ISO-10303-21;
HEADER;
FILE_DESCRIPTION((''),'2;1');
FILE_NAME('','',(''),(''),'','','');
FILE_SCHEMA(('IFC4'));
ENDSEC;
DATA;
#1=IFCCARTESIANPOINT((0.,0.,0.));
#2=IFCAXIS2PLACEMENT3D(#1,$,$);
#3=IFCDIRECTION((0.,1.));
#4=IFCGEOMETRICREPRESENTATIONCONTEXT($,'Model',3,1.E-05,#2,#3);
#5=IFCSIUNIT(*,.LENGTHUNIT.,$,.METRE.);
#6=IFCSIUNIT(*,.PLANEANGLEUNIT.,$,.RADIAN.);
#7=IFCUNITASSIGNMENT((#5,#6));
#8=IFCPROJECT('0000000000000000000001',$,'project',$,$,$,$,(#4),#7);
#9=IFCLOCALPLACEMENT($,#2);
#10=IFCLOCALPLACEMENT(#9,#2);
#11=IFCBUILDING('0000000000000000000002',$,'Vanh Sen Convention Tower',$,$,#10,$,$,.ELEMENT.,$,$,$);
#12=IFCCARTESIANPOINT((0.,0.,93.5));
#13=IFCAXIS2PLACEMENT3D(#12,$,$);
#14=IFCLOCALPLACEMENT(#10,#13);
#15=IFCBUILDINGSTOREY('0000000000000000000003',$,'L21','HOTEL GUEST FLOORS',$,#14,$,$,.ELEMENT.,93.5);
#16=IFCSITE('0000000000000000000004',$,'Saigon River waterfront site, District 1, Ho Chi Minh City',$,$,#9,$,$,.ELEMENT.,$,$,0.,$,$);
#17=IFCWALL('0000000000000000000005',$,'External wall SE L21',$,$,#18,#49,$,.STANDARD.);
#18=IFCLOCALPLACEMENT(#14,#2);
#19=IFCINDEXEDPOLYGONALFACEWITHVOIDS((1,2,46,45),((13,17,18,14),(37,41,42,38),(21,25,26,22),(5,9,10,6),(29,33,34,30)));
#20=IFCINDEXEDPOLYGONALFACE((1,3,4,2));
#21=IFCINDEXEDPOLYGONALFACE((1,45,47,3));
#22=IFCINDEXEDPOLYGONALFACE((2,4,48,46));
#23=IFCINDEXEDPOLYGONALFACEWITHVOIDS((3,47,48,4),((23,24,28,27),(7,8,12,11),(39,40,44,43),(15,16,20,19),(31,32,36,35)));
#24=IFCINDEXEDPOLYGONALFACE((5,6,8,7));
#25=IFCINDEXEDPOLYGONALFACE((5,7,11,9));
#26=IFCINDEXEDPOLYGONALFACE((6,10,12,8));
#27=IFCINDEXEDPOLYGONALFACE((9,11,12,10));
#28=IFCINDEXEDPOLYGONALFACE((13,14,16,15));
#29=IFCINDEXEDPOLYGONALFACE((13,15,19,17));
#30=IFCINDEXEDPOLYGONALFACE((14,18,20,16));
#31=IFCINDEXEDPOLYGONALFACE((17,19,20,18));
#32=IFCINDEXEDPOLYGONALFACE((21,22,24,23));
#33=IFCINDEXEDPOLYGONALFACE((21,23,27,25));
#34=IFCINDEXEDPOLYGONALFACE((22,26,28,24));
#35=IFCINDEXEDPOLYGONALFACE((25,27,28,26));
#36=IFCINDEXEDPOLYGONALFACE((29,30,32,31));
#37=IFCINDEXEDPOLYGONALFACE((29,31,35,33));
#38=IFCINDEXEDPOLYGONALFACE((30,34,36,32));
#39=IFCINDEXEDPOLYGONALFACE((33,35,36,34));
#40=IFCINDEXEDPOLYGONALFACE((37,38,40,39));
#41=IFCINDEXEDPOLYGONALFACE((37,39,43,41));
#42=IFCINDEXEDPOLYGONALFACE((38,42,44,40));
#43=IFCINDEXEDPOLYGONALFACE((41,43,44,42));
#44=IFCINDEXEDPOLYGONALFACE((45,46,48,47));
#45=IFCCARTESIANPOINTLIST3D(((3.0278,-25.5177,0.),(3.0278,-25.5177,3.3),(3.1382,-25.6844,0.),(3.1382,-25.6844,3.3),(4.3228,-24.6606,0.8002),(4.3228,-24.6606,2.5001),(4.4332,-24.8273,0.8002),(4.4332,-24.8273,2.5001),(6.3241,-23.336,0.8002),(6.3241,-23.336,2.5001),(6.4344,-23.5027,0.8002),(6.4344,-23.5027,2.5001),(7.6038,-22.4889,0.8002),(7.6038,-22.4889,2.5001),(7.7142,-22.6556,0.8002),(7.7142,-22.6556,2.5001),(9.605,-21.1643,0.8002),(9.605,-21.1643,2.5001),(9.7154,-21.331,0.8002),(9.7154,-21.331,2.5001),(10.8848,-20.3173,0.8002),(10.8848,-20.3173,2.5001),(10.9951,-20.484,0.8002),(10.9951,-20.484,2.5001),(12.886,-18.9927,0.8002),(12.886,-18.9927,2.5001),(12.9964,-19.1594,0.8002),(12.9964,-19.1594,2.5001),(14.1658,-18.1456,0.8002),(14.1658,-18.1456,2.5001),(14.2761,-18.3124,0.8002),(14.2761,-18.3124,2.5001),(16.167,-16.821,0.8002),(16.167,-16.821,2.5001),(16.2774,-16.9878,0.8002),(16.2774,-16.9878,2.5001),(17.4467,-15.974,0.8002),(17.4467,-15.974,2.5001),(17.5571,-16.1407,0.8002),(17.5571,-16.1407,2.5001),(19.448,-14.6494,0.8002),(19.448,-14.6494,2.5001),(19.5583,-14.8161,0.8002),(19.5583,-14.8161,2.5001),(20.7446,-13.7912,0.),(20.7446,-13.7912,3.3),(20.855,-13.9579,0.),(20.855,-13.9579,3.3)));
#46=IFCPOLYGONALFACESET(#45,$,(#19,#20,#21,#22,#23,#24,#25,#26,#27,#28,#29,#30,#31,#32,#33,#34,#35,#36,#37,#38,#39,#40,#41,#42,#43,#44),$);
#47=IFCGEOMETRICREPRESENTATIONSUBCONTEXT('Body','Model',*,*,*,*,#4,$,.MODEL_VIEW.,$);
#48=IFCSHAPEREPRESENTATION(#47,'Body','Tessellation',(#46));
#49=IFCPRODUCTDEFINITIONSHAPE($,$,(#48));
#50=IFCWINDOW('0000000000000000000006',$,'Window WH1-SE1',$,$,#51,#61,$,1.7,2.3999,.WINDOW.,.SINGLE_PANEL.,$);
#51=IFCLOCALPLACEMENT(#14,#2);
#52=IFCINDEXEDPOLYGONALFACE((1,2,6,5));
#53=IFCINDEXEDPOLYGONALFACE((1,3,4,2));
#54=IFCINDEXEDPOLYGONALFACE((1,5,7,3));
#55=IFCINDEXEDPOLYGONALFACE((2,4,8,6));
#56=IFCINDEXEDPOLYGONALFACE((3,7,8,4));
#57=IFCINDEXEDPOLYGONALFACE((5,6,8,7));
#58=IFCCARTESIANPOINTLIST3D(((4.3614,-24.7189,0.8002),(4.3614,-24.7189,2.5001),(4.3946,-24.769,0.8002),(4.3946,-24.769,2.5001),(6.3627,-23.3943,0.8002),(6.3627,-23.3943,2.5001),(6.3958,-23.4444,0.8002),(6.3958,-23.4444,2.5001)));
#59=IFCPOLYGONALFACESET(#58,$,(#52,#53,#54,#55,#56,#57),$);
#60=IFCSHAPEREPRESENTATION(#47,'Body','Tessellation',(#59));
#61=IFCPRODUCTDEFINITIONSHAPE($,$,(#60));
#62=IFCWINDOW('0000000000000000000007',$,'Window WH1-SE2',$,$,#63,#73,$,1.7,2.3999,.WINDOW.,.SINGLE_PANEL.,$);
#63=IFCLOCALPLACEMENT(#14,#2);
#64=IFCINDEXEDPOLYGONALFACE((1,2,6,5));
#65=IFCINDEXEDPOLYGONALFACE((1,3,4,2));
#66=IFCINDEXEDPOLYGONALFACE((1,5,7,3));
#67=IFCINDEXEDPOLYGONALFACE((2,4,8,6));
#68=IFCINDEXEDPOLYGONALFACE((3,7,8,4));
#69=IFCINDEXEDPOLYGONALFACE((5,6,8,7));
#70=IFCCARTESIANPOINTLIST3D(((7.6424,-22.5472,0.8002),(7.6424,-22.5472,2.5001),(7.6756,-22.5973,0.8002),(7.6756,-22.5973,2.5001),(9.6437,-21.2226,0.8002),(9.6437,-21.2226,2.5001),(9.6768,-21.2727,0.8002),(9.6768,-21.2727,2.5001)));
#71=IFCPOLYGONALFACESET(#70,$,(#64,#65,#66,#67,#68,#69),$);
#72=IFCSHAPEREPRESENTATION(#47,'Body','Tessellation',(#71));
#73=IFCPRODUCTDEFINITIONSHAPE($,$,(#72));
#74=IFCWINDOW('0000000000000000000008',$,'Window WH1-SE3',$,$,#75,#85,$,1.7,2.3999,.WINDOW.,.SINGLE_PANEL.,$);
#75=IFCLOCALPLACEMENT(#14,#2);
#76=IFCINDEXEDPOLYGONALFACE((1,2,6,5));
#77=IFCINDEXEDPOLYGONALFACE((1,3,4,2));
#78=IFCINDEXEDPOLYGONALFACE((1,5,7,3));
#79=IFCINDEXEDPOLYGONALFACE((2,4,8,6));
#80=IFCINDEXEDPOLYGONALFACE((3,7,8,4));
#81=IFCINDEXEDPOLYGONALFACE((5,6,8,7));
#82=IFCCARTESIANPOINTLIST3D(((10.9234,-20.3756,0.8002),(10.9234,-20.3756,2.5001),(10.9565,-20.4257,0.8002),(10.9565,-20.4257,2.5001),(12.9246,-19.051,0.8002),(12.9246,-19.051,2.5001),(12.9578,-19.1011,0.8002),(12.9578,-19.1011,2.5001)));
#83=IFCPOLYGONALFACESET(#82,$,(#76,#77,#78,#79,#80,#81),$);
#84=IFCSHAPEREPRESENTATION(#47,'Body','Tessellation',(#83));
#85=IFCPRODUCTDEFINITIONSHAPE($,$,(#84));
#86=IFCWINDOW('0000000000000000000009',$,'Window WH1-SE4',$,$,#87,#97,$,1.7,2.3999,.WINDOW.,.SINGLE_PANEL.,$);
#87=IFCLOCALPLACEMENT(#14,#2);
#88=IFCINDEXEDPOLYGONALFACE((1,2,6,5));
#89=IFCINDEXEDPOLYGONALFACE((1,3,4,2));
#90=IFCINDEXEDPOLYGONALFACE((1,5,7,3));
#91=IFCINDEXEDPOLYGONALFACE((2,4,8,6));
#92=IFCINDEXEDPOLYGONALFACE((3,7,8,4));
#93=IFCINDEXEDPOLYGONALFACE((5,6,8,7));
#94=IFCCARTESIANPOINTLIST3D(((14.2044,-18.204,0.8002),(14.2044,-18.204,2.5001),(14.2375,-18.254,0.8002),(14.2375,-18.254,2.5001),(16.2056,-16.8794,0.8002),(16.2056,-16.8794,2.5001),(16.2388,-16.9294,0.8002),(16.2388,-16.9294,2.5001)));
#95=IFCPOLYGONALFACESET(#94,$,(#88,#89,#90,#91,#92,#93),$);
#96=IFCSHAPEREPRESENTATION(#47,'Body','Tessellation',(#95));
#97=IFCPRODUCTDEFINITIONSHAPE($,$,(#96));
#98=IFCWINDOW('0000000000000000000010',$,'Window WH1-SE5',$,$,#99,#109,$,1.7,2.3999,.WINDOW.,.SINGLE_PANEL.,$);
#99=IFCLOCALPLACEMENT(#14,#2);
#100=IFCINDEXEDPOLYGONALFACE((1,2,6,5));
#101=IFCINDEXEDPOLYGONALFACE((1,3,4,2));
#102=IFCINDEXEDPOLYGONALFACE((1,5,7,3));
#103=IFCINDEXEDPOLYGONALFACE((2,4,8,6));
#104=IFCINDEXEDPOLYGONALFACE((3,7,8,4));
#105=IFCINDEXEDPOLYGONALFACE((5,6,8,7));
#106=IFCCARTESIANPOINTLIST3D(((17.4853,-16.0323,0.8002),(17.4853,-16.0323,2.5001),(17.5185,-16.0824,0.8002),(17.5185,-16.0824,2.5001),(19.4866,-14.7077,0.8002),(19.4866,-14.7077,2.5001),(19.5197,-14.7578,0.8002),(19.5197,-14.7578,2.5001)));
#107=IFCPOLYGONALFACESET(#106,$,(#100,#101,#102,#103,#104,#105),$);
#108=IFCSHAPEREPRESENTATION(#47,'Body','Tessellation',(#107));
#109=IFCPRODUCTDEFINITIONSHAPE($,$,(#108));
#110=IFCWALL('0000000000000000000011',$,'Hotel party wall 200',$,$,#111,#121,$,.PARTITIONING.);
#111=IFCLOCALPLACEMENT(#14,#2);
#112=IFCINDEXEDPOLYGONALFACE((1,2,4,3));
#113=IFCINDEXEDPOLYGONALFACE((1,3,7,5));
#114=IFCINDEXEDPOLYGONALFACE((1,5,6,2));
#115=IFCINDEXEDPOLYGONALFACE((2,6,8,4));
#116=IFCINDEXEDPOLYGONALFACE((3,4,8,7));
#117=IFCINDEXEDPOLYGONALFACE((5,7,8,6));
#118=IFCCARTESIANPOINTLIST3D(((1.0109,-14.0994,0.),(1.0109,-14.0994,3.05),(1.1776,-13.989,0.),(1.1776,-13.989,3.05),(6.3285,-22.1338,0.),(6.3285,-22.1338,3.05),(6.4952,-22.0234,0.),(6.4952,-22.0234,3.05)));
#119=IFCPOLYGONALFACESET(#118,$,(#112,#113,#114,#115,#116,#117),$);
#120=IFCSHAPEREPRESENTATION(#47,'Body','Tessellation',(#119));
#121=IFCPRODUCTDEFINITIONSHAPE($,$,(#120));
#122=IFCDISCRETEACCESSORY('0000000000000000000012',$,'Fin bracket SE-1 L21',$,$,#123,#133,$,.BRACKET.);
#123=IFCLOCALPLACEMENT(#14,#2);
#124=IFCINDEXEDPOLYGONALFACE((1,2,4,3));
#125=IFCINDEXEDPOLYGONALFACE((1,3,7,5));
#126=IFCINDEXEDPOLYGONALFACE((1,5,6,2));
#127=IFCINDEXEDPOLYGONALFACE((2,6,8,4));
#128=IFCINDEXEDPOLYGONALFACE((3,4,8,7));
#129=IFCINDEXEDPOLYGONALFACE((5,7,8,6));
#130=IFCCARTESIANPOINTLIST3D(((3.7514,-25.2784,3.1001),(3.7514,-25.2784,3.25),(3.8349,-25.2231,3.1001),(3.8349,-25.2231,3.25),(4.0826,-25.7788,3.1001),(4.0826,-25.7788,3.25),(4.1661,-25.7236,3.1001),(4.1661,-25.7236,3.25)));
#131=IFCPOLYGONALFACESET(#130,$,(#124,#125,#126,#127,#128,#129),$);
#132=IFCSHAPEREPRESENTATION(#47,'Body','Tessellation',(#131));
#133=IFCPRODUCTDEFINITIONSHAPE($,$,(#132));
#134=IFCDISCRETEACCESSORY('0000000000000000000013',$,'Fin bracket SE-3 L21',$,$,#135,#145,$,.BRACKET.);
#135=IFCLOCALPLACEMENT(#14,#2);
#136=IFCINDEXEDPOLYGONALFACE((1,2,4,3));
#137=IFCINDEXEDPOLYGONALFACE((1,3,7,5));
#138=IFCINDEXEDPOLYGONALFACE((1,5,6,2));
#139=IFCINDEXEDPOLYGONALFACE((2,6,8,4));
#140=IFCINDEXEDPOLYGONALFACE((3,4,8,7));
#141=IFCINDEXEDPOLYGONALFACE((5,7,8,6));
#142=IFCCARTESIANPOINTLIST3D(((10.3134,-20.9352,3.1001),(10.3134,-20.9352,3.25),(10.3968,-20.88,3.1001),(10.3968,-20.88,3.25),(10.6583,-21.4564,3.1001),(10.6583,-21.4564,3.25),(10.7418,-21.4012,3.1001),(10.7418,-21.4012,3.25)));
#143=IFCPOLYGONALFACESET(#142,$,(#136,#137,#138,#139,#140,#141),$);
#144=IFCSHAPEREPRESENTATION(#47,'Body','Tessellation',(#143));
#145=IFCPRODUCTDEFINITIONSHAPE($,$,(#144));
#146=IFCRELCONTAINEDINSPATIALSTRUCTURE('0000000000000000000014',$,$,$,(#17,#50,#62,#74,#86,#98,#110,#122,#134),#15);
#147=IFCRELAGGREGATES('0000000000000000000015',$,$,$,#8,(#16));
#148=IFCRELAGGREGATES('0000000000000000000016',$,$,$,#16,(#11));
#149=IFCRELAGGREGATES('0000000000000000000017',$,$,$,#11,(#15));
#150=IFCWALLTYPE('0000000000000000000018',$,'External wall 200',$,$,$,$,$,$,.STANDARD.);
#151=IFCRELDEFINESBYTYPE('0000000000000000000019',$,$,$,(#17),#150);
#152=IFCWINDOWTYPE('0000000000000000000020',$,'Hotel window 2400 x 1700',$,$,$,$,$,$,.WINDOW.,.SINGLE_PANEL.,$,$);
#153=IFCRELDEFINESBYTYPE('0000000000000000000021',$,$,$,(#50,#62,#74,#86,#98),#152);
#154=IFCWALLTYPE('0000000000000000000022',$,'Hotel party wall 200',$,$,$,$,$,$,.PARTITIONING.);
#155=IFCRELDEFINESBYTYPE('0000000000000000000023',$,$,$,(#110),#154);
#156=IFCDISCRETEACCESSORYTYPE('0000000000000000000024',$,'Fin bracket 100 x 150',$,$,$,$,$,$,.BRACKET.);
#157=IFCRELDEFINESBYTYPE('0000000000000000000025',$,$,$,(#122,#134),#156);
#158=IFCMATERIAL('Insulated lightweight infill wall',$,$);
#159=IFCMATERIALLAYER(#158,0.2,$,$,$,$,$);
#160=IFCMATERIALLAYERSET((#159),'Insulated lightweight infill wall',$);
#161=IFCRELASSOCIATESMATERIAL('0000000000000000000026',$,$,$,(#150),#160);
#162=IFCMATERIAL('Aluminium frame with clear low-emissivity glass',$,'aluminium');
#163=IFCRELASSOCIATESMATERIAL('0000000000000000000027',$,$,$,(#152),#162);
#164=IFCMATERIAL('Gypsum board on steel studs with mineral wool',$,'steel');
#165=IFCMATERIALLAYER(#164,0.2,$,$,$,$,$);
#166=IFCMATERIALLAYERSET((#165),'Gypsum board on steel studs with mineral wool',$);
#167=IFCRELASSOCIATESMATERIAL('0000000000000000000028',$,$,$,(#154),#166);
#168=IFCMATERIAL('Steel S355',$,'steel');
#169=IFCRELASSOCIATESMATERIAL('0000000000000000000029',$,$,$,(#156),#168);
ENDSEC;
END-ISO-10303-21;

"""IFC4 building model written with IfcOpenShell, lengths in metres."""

from ifc_helpers import new_model, si_unit, direction, frame, frame_2d, origin, origin_2d, place, context, subcontext, project, spatial, rectangle, extrude, material, layer, layer_set, type_object, element, fill, save


model = new_model("IFC4")

# Units and contexts
model_context = context("Model", 3, precision=1e-05, world=origin(), true_north=direction((0.0, 1.0)))
body_context = subcontext(model_context, "Body", "Model", "MODEL_VIEW")
ifc_project = project(units=[si_unit("LENGTHUNIT", "METRE"), si_unit("PLANEANGLEUNIT", "RADIAN")], contexts=[model_context])

# Site, building, storey
site_placement = place(None, origin())
site = spatial("IfcSite", under=ifc_project, at=site_placement, Name="Saigon River waterfront site, District 1, Ho Chi Minh City", CompositionType="ELEMENT", RefElevation=0.0)
building_placement = place(site_placement, origin())
building = spatial("IfcBuilding", under=site, at=building_placement, Name="Vanh Sen Convention Tower", CompositionType="ELEMENT")
storey_placement = place(building_placement, frame((0.0, 0.0, 93.5)))
storey = spatial("IfcBuildingStorey", under=building, at=storey_placement, Name="L21", Description="HOTEL GUEST FLOORS", CompositionType="ELEMENT", Elevation=93.5)

# Shared definitions
ifc_material_1 = material(Name="Gypsum board on steel studs with mineral wool", Category="steel")

# Wall, openings, windows
ifc_material_2 = material(Name="Insulated lightweight infill wall")
ifc_layer_1 = layer(ifc_material_2, 0.2)
ifc_layer_set_1 = layer_set([ifc_layer_1], Name="Insulated lightweight infill wall")
wall_type_1 = type_object("IfcWallType", Name="External wall 200", PredefinedType="STANDARD", material=ifc_layer_set_1)
wall_1_placement = place(storey_placement, frame((3.083, -25.6011, 0.0), z_axis=(0.0, 0.0, 1.0), x_axis=(0.833884, 0.551939, 0.0)))
wall_1 = element("IfcWall", 1, at=wall_1_placement, inside=storey, type_object=wall_type_1, Name="External wall SE L21", PredefinedType="STANDARD", context=body_context, shape_type="SweptSolid", body=[
    extrude(rectangle(XDim=21.2461, YDim=0.2, at=frame_2d((10.623, 0.0))), origin(), (0.0, 0.0, 1.0), 3.3),
])
opening_1_placement = place(wall_1_placement, frame((1.553, 0.0, 0.8)))
opening_1 = element("IfcOpeningElement", 2, at=opening_1_placement, cuts=wall_1, PredefinedType="OPENING", context=body_context, shape_type="SweptSolid", body=[
    extrude(rectangle(XDim=2.3999, YDim=1.7, at=frame_2d((1.2, 0.8501))), frame((0.0, 0.1099, 0.0), z_axis=(0.0, -1.0, 0.0), x_axis=(1.0, 0.0, 0.0)), (0.0, 0.0, 1.0), 0.22),
])
opening_2_placement = place(wall_1_placement, frame((5.4875, 0.0, 0.8)))
opening_2 = element("IfcOpeningElement", 3, at=opening_2_placement, cuts=wall_1, PredefinedType="OPENING", context=body_context, shape_type="SweptSolid", body=[
    extrude(rectangle(XDim=2.3999, YDim=1.7, at=frame_2d((1.2, 0.8501))), frame((0.0, 0.1099, 0.0), z_axis=(0.0, -1.0, 0.0), x_axis=(1.0, 0.0, 0.0)), (0.0, 0.0, 1.0), 0.22),
])
opening_3_placement = place(wall_1_placement, frame((9.4221, 0.0, 0.8)))
opening_3 = element("IfcOpeningElement", 4, at=opening_3_placement, cuts=wall_1, PredefinedType="OPENING", context=body_context, shape_type="SweptSolid", body=[
    extrude(rectangle(XDim=2.3999, YDim=1.7, at=frame_2d((1.2, 0.8501))), frame((0.0, 0.1099, 0.0), z_axis=(0.0, -1.0, 0.0), x_axis=(1.0, 0.0, 0.0)), (0.0, 0.0, 1.0), 0.22),
])
opening_4_placement = place(wall_1_placement, frame((13.3567, 0.0, 0.8)))
opening_4 = element("IfcOpeningElement", 5, at=opening_4_placement, cuts=wall_1, PredefinedType="OPENING", context=body_context, shape_type="SweptSolid", body=[
    extrude(rectangle(XDim=2.3999, YDim=1.7, at=frame_2d((1.2, 0.8501))), frame((0.0, 0.1099, 0.0), z_axis=(0.0, -1.0, 0.0), x_axis=(1.0, 0.0, 0.0)), (0.0, 0.0, 1.0), 0.22),
])
opening_5_placement = place(wall_1_placement, frame((17.2913, 0.0, 0.8)))
opening_5 = element("IfcOpeningElement", 6, at=opening_5_placement, cuts=wall_1, PredefinedType="OPENING", context=body_context, shape_type="SweptSolid", body=[
    extrude(rectangle(XDim=2.3999, YDim=1.7, at=frame_2d((1.2, 0.8501))), frame((0.0, 0.1099, 0.0), z_axis=(0.0, -1.0, 0.0), x_axis=(1.0, 0.0, 0.0)), (0.0, 0.0, 1.0), 0.22),
])
ifc_material_3 = material(Name="Aluminium frame with clear low-emissivity glass", Category="aluminium")
window_type = type_object("IfcWindowType", Name="Hotel window 2400 x 1700", PartitioningType="SINGLE_PANEL", PredefinedType="WINDOW", material=ifc_material_3)
window_1_placement = place(opening_1_placement, origin())
window_1 = element("IfcWindow", 7, at=window_1_placement, inside=storey, type_object=window_type, Name="Window WH1-SE1", OverallHeight=1.7, OverallWidth=2.3999, PartitioningType="SINGLE_PANEL", PredefinedType="WINDOW", context=body_context, shape_type="SweptSolid", body=[
    extrude(rectangle(XDim=2.3999, YDim=1.7, at=frame_2d((1.2, 0.8501))), frame((0.0, 0.03, 0.0), z_axis=(0.0, -1.0, 0.0), x_axis=(1.0, 0.0, 0.0)), (0.0, 0.0, 1.0), 0.0601),
])
fill(opening_1, window_1)
window_2_placement = place(opening_2_placement, origin())
window_2 = element("IfcWindow", 8, at=window_2_placement, inside=storey, type_object=window_type, Name="Window WH1-SE2", OverallHeight=1.7, OverallWidth=2.3999, PartitioningType="SINGLE_PANEL", PredefinedType="WINDOW", context=body_context, shape_type="SweptSolid", body=[
    extrude(rectangle(XDim=2.3999, YDim=1.7, at=frame_2d((1.2, 0.8501))), frame((0.0, 0.03, 0.0), z_axis=(0.0, -1.0, 0.0), x_axis=(1.0, 0.0, 0.0)), (0.0, 0.0, 1.0), 0.0601),
])
fill(opening_2, window_2)
window_3_placement = place(opening_3_placement, origin())
window_3 = element("IfcWindow", 9, at=window_3_placement, inside=storey, type_object=window_type, Name="Window WH1-SE3", OverallHeight=1.7, OverallWidth=2.3999, PartitioningType="SINGLE_PANEL", PredefinedType="WINDOW", context=body_context, shape_type="SweptSolid", body=[
    extrude(rectangle(XDim=2.3999, YDim=1.7, at=frame_2d((1.2, 0.8501))), frame((0.0, 0.03, 0.0), z_axis=(0.0, -1.0, 0.0), x_axis=(1.0, 0.0, 0.0)), (0.0, 0.0, 1.0), 0.0601),
])
fill(opening_3, window_3)
window_4_placement = place(opening_4_placement, origin())
window_4 = element("IfcWindow", 10, at=window_4_placement, inside=storey, type_object=window_type, Name="Window WH1-SE4", OverallHeight=1.7, OverallWidth=2.3999, PartitioningType="SINGLE_PANEL", PredefinedType="WINDOW", context=body_context, shape_type="SweptSolid", body=[
    extrude(rectangle(XDim=2.3999, YDim=1.7, at=frame_2d((1.2, 0.8501))), frame((0.0, 0.03, 0.0), z_axis=(0.0, -1.0, 0.0), x_axis=(1.0, 0.0, 0.0)), (0.0, 0.0, 1.0), 0.0601),
])
fill(opening_4, window_4)
window_5_placement = place(opening_5_placement, origin())
window_5 = element("IfcWindow", 11, at=window_5_placement, inside=storey, type_object=window_type, Name="Window WH1-SE5", OverallHeight=1.7, OverallWidth=2.3999, PartitioningType="SINGLE_PANEL", PredefinedType="WINDOW", context=body_context, shape_type="SweptSolid", body=[
    extrude(rectangle(XDim=2.3999, YDim=1.7, at=frame_2d((1.2, 0.8501))), frame((0.0, 0.03, 0.0), z_axis=(0.0, -1.0, 0.0), x_axis=(1.0, 0.0, 0.0)), (0.0, 0.0, 1.0), 0.0601),
])
fill(opening_5, window_5)

# Wall
ifc_layer_2 = layer(ifc_material_1, 0.2)
ifc_layer_set_2 = layer_set([ifc_layer_2], Name="Gypsum board on steel studs with mineral wool")
wall_type_2 = type_object("IfcWallType", Name="Hotel party wall 200", PredefinedType="PARTITIONING", material=ifc_layer_set_2)
wall_2_placement = place(storey_placement, frame((6.4119, -22.0786, 0.0), z_axis=(0.0, 0.0, 1.0), x_axis=(-0.55192, 0.833897, 0.0)))
element("IfcWall", 12, at=wall_2_placement, inside=storey, type_object=wall_type_2, Name="Hotel party wall 200", PredefinedType="PARTITIONING", context=body_context, shape_type="SweptSolid", body=[
    extrude(rectangle(XDim=9.6348, YDim=0.2, at=frame_2d((4.8174, 0.0))), origin(), (0.0, 0.0, 1.0), 3.05),
])

# Discrete accessories
ifc_material_4 = material(Name="Steel S355", Category="steel")
discrete_accessory_type = type_object("IfcDiscreteAccessoryType", Name="Fin bracket 100 x 150", PredefinedType="BRACKET", material=ifc_material_4)
discrete_accessory_1_placement = place(storey_placement, frame((3.9587, -25.501, 3.1001), z_axis=(0.0, 0.0, 1.0), x_axis=(0.551937, -0.833886, 0.0)))
element("IfcDiscreteAccessory", 13, at=discrete_accessory_1_placement, inside=storey, type_object=discrete_accessory_type, Name="Fin bracket SE-1 L21", PredefinedType="BRACKET", context=body_context, shape_type="SweptSolid", body=[
    extrude(rectangle(XDim=0.6001, YDim=0.1001, at=origin_2d()), origin(), (0.0, 0.0, 1.0), 0.1499),
])
discrete_accessory_2_placement = place(storey_placement, frame((10.5276, -21.1682, 3.1001), z_axis=(0.0, 0.0, 1.0), x_axis=(0.551937, -0.833886, 0.0)))
element("IfcDiscreteAccessory", 14, at=discrete_accessory_2_placement, inside=storey, type_object=discrete_accessory_type, Name="Fin bracket SE-3 L21", PredefinedType="BRACKET", context=body_context, shape_type="SweptSolid", body=[
    extrude(rectangle(XDim=0.625, YDim=0.1001, at=origin_2d()), origin(), (0.0, 0.0, 1.0), 0.1499),
])

save(model, "model.ifc")
